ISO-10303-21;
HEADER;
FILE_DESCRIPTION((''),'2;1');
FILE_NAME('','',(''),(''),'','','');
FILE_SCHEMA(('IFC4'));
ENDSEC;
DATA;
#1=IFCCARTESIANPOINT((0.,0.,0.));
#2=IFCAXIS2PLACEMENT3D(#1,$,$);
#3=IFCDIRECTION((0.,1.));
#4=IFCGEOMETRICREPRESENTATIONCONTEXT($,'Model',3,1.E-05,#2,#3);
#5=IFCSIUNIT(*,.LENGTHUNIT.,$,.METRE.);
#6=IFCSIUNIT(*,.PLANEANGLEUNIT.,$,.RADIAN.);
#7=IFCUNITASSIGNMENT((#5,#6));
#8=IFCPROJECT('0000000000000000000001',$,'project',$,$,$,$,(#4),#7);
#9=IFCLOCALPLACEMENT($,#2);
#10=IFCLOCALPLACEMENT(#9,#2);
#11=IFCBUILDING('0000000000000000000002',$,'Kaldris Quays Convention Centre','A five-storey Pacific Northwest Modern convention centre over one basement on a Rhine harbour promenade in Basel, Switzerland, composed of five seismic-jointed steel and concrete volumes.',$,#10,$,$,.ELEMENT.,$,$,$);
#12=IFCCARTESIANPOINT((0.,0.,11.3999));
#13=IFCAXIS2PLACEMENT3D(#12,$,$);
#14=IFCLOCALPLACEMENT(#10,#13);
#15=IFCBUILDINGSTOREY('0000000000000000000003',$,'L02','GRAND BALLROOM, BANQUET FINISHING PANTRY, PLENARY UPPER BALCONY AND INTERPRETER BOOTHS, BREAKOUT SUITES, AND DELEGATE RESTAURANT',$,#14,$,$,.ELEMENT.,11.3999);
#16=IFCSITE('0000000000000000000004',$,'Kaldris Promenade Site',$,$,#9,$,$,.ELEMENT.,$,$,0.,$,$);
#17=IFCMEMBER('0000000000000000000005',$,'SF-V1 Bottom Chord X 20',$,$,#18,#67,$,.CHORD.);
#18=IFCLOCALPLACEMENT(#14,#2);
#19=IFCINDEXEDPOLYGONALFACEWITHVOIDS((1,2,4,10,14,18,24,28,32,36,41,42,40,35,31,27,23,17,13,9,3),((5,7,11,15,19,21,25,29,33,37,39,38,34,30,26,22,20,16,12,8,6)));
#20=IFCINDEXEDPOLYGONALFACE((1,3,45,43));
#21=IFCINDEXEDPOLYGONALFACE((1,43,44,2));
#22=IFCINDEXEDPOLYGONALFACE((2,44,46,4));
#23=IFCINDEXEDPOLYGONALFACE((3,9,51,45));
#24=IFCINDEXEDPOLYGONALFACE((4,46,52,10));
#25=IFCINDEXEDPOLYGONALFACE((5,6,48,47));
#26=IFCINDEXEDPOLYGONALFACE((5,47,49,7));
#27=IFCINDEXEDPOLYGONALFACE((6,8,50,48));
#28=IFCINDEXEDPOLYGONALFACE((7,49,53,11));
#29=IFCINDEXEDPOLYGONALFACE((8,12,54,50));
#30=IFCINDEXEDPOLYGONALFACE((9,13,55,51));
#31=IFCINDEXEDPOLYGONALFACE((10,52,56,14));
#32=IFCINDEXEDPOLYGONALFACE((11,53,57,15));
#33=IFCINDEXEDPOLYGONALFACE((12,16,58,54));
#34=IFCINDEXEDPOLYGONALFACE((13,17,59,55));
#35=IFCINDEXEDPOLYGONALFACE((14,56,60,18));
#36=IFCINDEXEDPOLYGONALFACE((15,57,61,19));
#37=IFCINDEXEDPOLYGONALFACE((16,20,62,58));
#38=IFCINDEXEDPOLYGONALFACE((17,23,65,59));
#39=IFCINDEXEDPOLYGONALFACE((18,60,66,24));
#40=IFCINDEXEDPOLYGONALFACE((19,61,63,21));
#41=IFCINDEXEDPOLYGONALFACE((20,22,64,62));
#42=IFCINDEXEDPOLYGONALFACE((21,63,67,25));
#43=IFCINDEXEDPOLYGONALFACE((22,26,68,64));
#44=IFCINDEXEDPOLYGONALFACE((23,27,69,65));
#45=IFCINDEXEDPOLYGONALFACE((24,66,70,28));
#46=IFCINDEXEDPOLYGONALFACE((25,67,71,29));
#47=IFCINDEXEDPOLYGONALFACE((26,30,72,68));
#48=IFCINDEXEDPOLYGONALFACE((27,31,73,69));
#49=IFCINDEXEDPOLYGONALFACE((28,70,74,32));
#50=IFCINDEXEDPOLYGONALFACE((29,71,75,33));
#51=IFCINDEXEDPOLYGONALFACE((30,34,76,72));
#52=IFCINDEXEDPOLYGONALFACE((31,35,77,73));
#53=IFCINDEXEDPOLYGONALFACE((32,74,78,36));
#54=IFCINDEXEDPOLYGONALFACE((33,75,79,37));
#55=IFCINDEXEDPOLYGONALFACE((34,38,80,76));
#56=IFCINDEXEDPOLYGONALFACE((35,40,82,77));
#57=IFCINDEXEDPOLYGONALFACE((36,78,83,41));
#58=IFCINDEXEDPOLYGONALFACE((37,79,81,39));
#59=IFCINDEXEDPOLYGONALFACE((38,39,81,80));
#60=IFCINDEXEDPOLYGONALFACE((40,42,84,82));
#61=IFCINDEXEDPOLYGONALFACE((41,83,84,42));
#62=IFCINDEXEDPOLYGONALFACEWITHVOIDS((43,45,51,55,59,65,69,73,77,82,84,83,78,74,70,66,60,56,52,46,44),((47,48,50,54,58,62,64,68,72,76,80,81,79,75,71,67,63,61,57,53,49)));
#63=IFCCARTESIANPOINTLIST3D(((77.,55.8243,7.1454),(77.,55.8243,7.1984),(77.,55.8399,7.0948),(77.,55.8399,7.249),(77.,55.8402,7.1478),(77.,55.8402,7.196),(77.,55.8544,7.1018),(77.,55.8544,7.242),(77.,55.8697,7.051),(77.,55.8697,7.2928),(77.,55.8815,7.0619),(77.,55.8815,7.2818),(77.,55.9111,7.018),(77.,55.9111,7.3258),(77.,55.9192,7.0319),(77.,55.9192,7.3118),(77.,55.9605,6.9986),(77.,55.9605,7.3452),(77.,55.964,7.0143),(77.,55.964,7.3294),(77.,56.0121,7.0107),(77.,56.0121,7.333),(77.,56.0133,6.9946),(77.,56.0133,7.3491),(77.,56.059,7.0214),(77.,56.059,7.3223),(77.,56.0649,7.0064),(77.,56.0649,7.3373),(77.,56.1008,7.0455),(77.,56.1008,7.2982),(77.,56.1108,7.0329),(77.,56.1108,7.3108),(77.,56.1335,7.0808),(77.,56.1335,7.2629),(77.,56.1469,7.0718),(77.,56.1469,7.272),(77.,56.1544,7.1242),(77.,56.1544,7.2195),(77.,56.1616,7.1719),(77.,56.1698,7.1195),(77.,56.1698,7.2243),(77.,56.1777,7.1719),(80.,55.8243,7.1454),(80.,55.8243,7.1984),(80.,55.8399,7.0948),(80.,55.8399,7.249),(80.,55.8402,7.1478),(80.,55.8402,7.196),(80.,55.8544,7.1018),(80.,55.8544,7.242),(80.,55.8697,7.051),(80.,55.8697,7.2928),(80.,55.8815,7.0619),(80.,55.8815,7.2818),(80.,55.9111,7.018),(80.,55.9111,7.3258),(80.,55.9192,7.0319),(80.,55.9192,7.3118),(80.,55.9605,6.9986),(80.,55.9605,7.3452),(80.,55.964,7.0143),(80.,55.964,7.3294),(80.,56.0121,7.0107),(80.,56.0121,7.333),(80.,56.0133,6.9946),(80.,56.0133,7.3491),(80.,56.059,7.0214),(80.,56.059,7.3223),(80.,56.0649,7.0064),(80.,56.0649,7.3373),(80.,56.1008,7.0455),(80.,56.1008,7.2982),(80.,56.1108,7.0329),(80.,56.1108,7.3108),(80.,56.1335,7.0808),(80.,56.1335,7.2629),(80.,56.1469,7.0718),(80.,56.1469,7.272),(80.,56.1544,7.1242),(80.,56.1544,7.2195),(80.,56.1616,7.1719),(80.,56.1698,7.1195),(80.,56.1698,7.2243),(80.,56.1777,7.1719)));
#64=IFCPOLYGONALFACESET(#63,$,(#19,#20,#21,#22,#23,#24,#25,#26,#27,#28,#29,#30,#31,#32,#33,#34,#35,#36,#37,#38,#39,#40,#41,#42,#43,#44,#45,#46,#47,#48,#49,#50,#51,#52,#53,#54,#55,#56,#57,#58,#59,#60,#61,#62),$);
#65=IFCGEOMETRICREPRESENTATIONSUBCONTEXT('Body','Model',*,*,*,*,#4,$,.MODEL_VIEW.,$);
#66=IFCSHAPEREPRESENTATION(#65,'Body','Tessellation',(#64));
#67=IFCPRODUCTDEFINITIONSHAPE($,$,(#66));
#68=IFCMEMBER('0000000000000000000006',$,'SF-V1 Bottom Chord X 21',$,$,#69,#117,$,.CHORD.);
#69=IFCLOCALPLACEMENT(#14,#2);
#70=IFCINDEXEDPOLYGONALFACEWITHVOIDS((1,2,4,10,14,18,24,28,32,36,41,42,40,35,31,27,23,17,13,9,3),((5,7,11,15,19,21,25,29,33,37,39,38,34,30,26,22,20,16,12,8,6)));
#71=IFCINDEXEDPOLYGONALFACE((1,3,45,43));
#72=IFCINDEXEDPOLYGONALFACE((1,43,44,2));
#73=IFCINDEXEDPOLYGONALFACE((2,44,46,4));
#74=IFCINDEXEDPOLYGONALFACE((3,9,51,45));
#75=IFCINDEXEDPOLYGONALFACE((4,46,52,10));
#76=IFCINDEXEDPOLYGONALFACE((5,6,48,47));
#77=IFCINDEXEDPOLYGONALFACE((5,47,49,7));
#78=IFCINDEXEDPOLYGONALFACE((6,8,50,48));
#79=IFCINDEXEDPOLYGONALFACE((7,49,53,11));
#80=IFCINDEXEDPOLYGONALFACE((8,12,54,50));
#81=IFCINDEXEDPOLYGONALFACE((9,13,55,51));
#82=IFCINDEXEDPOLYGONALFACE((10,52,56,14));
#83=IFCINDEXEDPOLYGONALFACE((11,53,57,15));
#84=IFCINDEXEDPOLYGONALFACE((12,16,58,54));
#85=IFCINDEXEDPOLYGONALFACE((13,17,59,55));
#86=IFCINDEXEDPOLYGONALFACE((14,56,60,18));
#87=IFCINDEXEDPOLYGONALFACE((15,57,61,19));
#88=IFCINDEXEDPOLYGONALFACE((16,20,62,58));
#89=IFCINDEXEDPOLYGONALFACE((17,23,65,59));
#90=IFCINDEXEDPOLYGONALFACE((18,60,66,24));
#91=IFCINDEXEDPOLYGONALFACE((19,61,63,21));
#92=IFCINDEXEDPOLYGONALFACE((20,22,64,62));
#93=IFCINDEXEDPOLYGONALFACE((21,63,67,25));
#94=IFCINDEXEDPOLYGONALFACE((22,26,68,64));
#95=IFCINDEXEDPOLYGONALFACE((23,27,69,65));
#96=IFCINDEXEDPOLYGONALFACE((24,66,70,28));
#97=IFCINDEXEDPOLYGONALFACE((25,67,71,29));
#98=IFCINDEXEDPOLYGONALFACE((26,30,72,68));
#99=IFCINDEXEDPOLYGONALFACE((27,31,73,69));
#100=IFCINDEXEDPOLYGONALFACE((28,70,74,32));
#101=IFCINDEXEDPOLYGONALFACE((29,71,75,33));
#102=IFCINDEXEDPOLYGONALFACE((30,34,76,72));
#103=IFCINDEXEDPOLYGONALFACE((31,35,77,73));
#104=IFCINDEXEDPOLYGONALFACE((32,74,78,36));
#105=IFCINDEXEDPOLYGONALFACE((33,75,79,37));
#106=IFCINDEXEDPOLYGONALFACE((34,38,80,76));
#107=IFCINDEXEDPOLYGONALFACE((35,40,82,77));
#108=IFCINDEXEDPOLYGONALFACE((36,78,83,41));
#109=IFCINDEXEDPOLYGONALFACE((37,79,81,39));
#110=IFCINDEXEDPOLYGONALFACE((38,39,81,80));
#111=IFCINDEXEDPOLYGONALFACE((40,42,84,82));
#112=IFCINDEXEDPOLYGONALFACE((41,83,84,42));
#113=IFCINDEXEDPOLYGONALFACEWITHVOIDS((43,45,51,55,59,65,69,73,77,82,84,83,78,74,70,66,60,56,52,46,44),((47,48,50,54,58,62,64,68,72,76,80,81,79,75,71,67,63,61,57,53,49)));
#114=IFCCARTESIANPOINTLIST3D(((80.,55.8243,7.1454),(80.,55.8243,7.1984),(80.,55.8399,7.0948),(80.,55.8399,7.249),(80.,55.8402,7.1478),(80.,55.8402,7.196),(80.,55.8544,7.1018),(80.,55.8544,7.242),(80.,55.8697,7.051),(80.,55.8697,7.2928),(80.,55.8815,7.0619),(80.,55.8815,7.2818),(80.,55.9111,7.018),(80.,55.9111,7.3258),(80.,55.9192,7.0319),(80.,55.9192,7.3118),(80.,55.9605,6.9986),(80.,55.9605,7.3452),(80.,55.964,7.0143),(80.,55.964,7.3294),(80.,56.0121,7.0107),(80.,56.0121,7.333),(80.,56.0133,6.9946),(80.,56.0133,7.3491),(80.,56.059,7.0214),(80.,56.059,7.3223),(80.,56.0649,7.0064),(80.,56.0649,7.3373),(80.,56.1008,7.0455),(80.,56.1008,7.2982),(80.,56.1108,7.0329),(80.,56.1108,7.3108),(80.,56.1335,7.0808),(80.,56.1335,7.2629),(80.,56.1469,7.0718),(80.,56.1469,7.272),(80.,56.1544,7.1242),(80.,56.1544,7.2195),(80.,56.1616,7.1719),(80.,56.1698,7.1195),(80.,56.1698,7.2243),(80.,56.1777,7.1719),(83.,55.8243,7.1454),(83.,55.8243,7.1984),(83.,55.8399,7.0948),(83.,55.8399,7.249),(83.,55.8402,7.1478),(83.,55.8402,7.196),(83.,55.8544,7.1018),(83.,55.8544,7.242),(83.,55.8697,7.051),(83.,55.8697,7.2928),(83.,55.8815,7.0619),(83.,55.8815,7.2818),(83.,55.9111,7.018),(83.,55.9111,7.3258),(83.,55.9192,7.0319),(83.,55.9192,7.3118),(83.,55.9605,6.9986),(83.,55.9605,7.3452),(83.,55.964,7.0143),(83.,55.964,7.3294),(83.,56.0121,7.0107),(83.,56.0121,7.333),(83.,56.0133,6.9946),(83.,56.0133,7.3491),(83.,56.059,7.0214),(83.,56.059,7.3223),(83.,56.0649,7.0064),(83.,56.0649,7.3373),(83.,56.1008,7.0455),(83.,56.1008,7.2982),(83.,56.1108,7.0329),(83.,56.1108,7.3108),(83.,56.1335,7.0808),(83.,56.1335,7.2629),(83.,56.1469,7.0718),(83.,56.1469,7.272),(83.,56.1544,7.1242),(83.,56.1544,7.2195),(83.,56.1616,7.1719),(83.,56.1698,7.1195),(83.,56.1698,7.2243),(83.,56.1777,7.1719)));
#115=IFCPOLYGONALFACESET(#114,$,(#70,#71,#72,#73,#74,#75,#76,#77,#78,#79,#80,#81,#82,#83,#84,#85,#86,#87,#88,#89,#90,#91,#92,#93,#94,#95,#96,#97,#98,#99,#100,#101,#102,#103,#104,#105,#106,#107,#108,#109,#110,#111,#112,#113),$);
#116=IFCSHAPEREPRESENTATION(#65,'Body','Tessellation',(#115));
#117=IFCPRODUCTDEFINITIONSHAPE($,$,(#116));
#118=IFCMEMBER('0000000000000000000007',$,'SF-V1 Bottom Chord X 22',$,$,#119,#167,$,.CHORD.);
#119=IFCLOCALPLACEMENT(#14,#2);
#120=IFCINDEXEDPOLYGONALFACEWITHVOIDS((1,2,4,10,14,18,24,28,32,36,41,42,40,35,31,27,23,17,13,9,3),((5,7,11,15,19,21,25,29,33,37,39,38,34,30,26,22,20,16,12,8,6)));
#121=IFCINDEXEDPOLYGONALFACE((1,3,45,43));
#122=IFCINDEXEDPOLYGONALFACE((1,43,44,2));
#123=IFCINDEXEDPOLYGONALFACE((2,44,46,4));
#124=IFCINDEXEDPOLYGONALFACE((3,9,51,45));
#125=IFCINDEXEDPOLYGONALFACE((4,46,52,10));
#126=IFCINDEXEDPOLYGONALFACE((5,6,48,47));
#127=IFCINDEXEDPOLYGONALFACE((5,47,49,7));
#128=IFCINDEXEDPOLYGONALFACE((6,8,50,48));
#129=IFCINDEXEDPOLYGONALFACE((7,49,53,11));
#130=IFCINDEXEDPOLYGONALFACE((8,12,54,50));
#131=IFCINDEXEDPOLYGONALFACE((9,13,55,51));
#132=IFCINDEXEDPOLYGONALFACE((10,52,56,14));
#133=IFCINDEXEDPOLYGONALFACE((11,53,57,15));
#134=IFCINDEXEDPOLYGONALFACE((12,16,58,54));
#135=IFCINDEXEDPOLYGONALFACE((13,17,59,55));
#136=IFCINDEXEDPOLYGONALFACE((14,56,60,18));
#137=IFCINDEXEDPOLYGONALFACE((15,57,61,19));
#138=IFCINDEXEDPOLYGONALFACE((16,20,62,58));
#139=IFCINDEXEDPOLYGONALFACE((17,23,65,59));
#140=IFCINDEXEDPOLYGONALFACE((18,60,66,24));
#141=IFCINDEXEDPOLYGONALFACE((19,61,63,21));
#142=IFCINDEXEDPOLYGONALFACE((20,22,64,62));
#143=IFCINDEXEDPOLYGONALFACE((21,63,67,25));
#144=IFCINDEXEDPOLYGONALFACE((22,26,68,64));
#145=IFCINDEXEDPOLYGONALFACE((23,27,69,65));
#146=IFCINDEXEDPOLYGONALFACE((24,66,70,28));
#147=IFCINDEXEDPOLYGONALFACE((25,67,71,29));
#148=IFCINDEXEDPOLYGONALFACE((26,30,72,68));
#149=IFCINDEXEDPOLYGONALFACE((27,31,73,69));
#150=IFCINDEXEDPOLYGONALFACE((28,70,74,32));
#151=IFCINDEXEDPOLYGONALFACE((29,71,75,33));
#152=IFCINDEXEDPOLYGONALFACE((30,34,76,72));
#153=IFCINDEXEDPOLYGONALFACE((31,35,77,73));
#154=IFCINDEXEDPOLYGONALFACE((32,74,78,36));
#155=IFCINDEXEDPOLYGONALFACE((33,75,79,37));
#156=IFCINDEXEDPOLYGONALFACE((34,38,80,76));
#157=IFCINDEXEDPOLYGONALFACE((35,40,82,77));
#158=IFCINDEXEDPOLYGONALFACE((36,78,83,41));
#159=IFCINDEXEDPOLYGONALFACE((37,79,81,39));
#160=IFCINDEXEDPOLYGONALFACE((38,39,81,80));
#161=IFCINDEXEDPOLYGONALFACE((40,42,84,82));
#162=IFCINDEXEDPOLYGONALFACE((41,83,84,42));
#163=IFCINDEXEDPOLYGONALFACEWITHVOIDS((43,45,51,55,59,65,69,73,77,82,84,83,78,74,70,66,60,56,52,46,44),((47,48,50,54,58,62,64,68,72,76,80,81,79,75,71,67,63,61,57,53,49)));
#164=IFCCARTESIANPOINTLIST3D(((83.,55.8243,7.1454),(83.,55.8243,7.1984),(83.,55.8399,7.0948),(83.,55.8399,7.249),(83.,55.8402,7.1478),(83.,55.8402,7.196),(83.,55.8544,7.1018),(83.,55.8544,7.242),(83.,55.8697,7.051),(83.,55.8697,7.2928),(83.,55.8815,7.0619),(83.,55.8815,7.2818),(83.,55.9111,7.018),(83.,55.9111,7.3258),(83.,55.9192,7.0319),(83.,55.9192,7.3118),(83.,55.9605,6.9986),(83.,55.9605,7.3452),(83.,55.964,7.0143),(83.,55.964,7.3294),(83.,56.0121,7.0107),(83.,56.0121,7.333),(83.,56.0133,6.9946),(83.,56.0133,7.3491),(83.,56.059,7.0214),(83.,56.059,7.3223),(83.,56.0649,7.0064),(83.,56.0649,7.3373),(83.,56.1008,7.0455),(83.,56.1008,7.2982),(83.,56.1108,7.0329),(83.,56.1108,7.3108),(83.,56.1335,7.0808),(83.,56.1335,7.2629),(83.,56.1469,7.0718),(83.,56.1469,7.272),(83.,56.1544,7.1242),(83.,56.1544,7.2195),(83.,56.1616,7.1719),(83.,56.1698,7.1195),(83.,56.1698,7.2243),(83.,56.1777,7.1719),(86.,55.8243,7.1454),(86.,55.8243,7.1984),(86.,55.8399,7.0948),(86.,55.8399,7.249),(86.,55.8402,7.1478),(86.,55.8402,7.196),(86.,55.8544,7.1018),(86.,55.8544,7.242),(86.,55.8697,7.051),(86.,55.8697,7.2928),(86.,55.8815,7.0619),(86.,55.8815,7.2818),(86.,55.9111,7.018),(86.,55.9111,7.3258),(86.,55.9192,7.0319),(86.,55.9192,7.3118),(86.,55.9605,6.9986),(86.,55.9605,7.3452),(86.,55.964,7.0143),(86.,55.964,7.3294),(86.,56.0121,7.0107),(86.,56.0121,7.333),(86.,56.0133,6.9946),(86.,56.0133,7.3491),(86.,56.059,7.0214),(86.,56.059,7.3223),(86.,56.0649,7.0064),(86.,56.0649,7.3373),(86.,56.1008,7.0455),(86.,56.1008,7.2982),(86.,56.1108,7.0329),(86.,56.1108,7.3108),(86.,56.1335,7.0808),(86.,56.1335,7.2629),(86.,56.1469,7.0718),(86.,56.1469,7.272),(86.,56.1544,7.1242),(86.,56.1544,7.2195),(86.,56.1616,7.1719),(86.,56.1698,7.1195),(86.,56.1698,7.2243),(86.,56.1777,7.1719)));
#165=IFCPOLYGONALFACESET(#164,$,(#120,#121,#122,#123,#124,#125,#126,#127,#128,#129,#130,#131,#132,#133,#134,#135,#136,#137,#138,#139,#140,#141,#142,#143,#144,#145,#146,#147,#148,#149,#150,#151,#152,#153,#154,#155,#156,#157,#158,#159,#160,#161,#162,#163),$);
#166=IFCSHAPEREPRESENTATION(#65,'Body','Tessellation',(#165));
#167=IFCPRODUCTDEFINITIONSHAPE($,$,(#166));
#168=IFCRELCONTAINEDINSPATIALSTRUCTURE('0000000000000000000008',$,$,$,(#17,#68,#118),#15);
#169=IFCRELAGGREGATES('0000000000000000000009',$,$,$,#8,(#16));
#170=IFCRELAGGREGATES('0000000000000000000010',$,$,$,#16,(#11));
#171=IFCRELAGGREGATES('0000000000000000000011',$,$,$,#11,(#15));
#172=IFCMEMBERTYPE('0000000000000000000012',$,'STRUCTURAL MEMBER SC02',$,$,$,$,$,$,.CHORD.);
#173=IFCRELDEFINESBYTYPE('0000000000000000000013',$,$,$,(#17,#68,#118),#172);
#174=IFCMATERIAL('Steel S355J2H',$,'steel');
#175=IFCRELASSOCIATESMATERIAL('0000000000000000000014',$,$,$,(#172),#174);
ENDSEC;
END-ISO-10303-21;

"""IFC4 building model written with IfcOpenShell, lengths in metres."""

from ifc_helpers import new_model, si_unit, direction, frame, origin, origin_2d, place, context, subcontext, project, spatial, hollow_circle, extrude, material, material_profile, profile_set, type_object, element, save


model = new_model("IFC4")

# Units and contexts
model_context = context("Model", 3, precision=1e-05, world=origin(), true_north=direction((0.0, 1.0)))
body_context = subcontext(model_context, "Body", "Model", "MODEL_VIEW")
ifc_project = project(units=[si_unit("LENGTHUNIT", "METRE"), si_unit("PLANEANGLEUNIT", "RADIAN")], contexts=[model_context])

# Site, building, storey
site_placement = place(None, origin())
site = spatial("IfcSite", under=ifc_project, at=site_placement, Name="Kaldris Promenade Site", CompositionType="ELEMENT", RefElevation=0.0)
building_placement = place(site_placement, origin())
building = spatial("IfcBuilding", under=site, at=building_placement, Name="Kaldris Quays Convention Centre", Description="A five-storey Pacific Northwest Modern convention centre over one basement on a Rhine harbour promenade in Basel, Switzerland, composed of five seismic-jointed steel and concrete volumes.", CompositionType="ELEMENT")
storey_placement = place(building_placement, frame((0.0, 0.0, 11.3999)))
storey = spatial("IfcBuildingStorey", under=building, at=storey_placement, Name="L02", Description="GRAND BALLROOM, BANQUET FINISHING PANTRY, PLENARY UPPER BALCONY AND INTERPRETER BOOTHS, BREAKOUT SUITES, AND DELEGATE RESTAURANT", CompositionType="ELEMENT", Elevation=11.3999)

# Members
ifc_material_1 = material(Name="Steel S355J2H", Category="steel")
ifc_material_profile_1 = material_profile(ifc_material_1, hollow_circle(Radius=0.1777, WallThickness=0.0161, at=origin_2d()), Name="CHS 355.6x16")
ifc_profile_set_1 = profile_set([ifc_material_profile_1], Name="Steel S355J2H")
member_type_1 = type_object("IfcMemberType", Name="STRUCTURAL MEMBER SC02", PredefinedType="CHORD", material=ifc_profile_set_1)
for number, where, z_axis, x_axis, name in (
    (1, (77.0, 56.0, 7.1719), (1.0, 0.0, 0.0), (0.0, 1.0, 0.0), "SF-V1 Bottom Chord X 20"),
    (2, (80.0, 56.0, 7.1719), (1.0, 0.0, 0.0), (0.0, 1.0, 0.0), "SF-V1 Bottom Chord X 21"),
    (3, (83.0, 56.0, 7.1719), (1.0, 0.0, 0.0), (0.0, 1.0, 0.0), "SF-V1 Bottom Chord X 22"),
):
    element("IfcMember", number, at=place(storey_placement, frame(where, z_axis=z_axis, x_axis=x_axis)), inside=storey, type_object=member_type_1, Name=name, PredefinedType="CHORD", context=body_context, shape_type="SweptSolid", body=[
        extrude(hollow_circle(Radius=0.1777, WallThickness=0.0161, at=origin_2d()), origin(), (0.0, 0.0, 1.0), 3.0),
    ])

save(model, "model.ifc")
